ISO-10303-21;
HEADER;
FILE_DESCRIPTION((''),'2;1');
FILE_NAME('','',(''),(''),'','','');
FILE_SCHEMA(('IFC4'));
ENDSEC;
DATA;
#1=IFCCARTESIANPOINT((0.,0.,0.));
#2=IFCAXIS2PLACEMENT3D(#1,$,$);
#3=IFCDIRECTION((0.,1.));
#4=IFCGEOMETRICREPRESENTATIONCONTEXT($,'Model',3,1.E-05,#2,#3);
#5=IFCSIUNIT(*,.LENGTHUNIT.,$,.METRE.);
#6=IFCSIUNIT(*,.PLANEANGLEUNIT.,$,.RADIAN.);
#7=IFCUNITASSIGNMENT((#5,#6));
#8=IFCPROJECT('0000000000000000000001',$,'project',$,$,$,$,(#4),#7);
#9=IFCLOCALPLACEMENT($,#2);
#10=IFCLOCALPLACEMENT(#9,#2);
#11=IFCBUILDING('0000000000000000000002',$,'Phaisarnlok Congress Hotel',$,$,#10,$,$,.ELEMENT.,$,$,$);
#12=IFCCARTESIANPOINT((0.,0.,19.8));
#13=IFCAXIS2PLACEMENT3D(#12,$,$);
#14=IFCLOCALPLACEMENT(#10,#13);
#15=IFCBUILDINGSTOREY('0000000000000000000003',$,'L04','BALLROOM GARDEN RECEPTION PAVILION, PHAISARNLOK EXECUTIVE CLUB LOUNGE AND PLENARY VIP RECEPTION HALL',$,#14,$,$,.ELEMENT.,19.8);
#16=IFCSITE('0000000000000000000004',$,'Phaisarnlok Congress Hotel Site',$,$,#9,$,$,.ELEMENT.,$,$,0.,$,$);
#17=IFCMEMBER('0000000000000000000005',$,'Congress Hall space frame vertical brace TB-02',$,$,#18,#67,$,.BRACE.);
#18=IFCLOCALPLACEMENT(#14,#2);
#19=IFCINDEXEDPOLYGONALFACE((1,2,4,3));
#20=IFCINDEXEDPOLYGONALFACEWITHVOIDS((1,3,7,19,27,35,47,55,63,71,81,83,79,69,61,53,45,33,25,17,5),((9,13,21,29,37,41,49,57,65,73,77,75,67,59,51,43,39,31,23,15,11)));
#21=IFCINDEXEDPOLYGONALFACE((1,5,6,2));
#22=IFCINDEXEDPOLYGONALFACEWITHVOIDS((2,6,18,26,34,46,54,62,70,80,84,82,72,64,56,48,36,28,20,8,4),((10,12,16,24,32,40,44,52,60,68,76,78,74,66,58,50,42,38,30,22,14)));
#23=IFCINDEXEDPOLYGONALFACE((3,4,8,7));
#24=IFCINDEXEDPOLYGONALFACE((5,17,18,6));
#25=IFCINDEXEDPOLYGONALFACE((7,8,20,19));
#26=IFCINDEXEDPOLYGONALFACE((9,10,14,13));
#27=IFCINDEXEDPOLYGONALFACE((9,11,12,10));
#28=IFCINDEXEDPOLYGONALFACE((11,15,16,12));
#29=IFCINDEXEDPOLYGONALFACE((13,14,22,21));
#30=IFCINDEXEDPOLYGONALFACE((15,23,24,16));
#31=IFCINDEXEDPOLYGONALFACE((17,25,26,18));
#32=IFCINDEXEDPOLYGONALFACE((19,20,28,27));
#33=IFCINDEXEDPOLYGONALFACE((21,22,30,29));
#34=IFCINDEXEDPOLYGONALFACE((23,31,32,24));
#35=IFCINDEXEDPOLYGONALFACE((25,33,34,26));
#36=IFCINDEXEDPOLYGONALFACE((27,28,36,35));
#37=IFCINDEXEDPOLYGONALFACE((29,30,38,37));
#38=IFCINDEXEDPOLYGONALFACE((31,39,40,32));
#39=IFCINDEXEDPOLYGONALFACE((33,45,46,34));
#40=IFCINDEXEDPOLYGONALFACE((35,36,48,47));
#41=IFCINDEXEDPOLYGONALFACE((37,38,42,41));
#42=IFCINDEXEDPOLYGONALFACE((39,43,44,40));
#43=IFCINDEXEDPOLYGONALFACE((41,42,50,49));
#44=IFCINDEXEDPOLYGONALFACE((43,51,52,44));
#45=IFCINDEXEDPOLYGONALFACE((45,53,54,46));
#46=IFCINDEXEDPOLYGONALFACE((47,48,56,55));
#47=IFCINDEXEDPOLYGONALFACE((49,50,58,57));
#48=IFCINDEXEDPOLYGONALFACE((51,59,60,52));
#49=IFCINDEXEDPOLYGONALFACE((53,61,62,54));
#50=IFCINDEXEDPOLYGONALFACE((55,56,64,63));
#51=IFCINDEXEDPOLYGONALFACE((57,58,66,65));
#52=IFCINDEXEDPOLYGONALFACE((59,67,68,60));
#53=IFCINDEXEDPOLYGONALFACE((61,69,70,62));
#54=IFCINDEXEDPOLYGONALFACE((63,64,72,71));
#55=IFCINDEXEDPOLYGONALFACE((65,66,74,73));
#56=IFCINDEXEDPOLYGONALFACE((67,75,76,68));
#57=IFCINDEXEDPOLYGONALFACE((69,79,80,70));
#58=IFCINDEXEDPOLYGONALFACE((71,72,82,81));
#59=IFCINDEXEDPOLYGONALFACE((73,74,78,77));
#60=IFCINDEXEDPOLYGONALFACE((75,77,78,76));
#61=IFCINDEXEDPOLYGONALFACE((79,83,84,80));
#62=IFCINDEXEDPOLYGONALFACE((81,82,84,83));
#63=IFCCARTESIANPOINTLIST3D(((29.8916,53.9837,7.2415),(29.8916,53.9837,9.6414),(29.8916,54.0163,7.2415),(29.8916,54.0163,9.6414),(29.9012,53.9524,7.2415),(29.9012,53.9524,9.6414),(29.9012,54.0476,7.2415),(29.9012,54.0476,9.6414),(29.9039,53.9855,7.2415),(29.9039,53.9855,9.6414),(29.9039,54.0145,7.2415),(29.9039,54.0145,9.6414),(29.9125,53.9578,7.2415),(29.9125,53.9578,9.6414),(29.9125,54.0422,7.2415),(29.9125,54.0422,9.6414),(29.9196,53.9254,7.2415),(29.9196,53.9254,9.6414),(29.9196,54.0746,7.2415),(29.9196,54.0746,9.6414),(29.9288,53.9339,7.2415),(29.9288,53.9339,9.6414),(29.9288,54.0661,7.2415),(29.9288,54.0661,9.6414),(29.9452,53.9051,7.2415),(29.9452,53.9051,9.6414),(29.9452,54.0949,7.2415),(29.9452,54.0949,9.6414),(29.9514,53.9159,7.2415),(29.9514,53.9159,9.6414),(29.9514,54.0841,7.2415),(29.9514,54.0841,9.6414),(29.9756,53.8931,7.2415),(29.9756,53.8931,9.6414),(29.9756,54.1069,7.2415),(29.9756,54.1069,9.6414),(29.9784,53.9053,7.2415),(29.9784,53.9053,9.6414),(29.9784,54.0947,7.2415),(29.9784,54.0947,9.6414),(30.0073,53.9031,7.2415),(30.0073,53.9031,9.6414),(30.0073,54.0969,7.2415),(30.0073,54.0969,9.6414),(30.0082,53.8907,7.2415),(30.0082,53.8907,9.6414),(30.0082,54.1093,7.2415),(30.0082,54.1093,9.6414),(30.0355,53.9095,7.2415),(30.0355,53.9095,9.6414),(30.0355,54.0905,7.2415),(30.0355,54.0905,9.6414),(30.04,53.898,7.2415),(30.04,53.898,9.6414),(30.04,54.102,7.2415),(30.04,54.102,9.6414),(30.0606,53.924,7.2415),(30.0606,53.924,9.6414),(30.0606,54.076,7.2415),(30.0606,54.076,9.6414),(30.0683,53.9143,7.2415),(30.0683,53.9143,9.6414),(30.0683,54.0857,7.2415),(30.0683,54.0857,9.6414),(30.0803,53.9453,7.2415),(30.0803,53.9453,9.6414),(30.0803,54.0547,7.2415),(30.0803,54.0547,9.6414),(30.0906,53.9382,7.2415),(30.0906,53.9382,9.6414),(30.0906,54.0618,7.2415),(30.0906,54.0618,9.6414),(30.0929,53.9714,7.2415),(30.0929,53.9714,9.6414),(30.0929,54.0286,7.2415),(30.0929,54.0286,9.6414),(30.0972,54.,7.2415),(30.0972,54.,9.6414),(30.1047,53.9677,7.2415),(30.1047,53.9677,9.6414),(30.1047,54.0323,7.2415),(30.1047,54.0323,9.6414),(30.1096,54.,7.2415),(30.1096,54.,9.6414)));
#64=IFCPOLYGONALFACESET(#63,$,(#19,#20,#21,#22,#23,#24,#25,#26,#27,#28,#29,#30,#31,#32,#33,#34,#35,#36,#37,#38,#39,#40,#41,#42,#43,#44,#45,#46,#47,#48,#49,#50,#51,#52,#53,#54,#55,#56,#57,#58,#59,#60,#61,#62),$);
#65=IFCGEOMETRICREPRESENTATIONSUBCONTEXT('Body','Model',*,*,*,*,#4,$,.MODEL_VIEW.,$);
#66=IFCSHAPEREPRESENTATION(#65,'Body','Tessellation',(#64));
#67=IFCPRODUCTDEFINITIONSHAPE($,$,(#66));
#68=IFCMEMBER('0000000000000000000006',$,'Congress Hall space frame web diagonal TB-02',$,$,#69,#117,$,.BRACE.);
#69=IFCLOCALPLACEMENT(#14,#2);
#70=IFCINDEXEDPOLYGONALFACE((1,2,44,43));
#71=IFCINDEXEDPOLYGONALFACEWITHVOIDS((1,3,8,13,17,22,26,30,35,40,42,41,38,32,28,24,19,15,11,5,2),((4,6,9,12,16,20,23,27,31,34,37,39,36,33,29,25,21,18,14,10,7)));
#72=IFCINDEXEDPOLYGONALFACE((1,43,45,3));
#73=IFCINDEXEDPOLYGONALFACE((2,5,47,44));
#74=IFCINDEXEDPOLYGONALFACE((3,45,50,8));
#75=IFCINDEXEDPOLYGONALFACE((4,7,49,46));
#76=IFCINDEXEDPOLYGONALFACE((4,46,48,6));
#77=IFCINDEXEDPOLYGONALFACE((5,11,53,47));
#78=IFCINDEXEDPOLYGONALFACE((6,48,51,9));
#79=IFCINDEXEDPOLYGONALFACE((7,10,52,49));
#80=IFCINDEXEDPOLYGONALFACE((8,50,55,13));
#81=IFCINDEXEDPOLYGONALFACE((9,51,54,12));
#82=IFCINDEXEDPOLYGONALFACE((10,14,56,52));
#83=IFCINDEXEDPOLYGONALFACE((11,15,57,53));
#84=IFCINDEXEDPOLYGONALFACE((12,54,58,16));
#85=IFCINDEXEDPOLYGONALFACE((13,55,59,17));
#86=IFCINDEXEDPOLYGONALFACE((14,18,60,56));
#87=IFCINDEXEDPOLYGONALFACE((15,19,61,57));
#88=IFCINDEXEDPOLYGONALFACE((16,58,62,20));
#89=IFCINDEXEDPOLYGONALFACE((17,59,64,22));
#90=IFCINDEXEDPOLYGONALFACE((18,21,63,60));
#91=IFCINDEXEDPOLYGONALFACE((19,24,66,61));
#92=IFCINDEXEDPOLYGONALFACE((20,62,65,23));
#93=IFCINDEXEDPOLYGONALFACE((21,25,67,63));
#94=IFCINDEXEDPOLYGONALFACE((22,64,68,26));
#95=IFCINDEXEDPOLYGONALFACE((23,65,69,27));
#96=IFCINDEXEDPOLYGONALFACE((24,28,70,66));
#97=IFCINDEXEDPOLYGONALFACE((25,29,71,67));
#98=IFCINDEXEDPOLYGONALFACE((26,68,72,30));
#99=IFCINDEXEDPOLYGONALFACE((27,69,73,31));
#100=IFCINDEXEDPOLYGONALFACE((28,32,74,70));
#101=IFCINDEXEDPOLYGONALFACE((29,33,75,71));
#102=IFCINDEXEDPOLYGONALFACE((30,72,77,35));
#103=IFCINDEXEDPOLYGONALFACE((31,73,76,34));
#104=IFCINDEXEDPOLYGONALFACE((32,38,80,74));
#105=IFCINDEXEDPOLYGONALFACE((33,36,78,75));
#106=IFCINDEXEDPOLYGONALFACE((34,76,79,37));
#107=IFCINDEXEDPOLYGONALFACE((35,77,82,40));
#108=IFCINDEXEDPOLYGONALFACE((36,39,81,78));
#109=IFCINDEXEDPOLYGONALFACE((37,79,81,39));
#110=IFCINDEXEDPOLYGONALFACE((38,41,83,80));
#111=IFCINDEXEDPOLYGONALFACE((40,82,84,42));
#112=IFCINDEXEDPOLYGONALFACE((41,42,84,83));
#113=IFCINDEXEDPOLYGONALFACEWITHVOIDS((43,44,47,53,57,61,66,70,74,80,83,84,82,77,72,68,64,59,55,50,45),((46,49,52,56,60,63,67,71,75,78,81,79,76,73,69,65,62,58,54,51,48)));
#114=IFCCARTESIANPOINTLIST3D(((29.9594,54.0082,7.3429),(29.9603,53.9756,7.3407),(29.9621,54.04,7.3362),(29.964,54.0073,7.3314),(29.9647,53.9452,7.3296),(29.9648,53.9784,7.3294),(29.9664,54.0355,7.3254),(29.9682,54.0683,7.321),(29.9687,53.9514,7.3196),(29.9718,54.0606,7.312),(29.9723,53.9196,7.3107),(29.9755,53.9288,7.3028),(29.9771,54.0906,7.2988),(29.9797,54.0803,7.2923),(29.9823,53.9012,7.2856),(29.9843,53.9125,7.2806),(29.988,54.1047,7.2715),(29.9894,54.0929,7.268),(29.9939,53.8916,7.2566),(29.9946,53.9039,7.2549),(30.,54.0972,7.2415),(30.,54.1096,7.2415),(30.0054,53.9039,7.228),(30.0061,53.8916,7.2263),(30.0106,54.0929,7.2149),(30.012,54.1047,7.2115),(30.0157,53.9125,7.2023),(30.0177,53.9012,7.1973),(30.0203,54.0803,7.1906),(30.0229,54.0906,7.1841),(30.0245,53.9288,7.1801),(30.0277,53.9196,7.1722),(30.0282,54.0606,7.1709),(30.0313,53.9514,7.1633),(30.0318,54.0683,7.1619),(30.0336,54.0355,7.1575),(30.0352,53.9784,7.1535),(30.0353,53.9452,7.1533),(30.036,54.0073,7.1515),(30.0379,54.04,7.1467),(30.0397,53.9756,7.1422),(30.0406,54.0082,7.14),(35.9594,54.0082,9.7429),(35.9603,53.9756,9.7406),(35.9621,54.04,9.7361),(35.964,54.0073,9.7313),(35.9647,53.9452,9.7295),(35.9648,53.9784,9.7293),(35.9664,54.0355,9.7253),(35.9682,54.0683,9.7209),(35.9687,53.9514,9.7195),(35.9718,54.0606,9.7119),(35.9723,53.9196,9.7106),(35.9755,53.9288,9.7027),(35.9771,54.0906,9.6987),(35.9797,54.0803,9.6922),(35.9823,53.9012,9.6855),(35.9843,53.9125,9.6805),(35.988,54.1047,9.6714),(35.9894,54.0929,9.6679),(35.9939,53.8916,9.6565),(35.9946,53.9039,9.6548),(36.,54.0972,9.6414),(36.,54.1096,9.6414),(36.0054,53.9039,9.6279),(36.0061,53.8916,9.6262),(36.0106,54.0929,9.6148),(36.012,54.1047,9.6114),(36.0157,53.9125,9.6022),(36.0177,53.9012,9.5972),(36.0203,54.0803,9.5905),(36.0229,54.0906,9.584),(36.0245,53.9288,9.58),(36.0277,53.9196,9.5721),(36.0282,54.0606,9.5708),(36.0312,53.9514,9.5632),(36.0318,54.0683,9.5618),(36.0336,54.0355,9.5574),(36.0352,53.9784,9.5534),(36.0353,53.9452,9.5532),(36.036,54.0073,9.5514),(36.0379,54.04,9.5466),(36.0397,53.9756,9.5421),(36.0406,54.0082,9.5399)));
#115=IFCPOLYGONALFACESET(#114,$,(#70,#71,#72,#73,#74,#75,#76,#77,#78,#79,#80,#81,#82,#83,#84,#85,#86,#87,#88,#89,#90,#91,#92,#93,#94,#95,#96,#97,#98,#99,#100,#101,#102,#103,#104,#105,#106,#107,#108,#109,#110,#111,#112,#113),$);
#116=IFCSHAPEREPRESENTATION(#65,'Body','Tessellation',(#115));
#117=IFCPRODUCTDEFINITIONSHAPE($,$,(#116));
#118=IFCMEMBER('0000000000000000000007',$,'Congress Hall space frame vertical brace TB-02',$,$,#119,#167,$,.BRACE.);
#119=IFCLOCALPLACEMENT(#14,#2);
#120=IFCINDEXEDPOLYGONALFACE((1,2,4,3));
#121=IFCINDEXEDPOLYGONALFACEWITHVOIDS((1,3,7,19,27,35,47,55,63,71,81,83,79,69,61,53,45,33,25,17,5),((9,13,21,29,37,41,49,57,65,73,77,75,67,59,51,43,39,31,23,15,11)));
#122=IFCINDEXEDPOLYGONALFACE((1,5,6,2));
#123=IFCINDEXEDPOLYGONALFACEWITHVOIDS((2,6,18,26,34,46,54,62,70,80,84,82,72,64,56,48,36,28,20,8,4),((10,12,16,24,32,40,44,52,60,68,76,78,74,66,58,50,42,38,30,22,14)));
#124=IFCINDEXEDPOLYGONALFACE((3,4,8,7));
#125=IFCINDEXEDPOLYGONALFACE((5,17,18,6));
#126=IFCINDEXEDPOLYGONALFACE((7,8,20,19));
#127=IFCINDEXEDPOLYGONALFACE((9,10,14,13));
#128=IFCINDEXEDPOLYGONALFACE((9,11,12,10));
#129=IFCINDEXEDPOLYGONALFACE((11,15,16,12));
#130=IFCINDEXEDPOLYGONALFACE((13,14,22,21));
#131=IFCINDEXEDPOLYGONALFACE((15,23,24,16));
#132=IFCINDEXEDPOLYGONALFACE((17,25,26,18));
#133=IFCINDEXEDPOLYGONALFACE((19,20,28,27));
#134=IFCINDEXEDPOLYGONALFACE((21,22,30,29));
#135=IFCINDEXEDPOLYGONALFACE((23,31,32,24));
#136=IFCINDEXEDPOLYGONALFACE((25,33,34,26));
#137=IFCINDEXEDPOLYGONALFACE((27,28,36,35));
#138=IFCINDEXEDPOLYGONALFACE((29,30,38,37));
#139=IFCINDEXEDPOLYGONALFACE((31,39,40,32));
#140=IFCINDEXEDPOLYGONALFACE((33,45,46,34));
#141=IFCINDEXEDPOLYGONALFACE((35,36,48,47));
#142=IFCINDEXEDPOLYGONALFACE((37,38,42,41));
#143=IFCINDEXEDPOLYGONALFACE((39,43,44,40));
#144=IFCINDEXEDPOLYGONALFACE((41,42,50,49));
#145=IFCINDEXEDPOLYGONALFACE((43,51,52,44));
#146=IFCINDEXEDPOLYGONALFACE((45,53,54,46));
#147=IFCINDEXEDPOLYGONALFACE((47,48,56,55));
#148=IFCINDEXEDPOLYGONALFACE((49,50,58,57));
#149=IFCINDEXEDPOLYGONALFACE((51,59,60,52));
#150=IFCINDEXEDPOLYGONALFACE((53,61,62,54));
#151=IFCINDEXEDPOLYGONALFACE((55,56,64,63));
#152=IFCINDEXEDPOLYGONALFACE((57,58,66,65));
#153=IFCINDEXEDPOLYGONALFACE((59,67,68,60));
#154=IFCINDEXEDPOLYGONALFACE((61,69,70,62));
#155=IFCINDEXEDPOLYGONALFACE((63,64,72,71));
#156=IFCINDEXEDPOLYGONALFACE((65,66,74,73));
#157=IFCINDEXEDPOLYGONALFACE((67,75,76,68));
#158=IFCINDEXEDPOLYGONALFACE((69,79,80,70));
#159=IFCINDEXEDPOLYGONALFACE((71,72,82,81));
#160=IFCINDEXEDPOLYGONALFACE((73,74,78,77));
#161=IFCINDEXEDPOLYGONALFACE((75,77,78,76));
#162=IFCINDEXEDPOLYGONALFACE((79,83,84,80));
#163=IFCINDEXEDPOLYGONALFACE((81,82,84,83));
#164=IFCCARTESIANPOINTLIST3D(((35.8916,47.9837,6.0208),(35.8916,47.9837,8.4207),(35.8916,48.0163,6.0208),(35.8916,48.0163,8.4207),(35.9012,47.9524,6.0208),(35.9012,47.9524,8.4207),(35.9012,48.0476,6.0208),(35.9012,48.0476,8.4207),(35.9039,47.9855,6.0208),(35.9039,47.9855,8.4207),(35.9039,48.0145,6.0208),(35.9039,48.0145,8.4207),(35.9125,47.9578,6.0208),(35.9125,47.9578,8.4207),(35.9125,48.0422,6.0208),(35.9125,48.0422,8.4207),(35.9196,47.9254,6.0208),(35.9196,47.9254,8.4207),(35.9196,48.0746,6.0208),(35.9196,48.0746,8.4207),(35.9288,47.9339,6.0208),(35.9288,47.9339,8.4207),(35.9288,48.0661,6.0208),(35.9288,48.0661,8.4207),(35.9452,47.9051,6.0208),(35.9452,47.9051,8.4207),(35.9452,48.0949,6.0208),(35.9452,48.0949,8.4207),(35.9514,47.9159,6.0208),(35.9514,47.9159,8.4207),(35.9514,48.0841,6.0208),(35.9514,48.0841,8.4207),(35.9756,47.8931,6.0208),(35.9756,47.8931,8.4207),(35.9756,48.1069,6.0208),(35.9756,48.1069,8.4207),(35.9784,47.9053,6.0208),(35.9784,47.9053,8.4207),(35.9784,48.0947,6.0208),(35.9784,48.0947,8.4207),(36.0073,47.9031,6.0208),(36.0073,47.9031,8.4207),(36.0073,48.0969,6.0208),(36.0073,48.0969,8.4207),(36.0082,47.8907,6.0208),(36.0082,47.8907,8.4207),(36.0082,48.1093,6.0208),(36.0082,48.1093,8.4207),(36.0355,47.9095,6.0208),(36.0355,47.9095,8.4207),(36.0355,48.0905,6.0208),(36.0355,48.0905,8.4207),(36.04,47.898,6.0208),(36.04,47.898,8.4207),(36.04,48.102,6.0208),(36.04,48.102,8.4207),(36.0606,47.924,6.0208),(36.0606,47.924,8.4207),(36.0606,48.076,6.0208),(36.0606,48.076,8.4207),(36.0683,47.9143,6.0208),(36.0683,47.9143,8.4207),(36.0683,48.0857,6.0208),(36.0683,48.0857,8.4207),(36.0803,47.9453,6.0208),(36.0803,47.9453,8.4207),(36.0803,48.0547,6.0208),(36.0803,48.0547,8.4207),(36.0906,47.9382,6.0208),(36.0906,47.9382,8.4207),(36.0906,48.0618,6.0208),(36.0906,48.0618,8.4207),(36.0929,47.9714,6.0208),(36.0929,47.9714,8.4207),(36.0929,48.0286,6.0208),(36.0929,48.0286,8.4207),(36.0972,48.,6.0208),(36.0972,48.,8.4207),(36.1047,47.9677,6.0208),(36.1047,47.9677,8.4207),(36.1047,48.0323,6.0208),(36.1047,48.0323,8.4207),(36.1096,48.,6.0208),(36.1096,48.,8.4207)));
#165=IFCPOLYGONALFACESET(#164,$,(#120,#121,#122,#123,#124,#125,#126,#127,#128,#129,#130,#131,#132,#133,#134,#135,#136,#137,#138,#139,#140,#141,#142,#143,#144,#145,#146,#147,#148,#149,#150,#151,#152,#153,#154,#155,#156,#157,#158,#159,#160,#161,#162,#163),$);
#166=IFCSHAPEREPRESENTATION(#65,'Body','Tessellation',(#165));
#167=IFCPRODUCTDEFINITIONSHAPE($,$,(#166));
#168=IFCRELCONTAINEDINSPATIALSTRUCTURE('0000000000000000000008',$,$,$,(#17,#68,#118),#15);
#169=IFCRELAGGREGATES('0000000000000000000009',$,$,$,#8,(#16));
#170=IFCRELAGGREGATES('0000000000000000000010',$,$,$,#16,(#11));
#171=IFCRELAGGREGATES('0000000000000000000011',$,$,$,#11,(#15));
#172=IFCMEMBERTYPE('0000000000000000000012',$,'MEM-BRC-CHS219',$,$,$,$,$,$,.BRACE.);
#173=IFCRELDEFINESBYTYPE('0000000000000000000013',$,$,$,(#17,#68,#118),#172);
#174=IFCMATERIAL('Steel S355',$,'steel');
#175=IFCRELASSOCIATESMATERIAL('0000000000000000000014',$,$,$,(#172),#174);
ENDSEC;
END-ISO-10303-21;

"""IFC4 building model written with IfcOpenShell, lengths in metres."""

from ifc_helpers import new_model, si_unit, direction, frame, origin, origin_2d, place, context, subcontext, project, spatial, hollow_circle, extrude, material, material_profile, profile_set, type_object, element, save


model = new_model("IFC4")

# Units and contexts
model_context = context("Model", 3, precision=1e-05, world=origin(), true_north=direction((0.0, 1.0)))
body_context = subcontext(model_context, "Body", "Model", "MODEL_VIEW")
ifc_project = project(units=[si_unit("LENGTHUNIT", "METRE"), si_unit("PLANEANGLEUNIT", "RADIAN")], contexts=[model_context])

# Site, building, storey
site_placement = place(None, origin())
site = spatial("IfcSite", under=ifc_project, at=site_placement, Name="Phaisarnlok Congress Hotel Site", CompositionType="ELEMENT", RefElevation=0.0)
building_placement = place(site_placement, origin())
building = spatial("IfcBuilding", under=site, at=building_placement, Name="Phaisarnlok Congress Hotel", CompositionType="ELEMENT")
storey_placement = place(building_placement, frame((0.0, 0.0, 19.8)))
storey = spatial("IfcBuildingStorey", under=building, at=storey_placement, Name="L04", Description="BALLROOM GARDEN RECEPTION PAVILION, PHAISARNLOK EXECUTIVE CLUB LOUNGE AND PLENARY VIP RECEPTION HALL", CompositionType="ELEMENT", Elevation=19.8)

# Members
ifc_material = material(Name="Steel S355", Category="steel")
ifc_material_profile_1 = material_profile(ifc_material, hollow_circle(Radius=0.1096, WallThickness=0.0125, at=origin_2d()), Name="CHS 219.1x12.5")
ifc_profile_set_1 = profile_set([ifc_material_profile_1], Name="Steel S355")
member_type_1 = type_object("IfcMemberType", Name="MEM-BRC-CHS219", PredefinedType="BRACE", material=ifc_profile_set_1)
member_1_placement = place(storey_placement, frame((30.0, 54.0, 7.2415), z_axis=(0.0, 0.0, 1.0), x_axis=(1.0, 0.0, 0.0)))
element("IfcMember", 1, at=member_1_placement, inside=storey, type_object=member_type_1, Name="Congress Hall space frame vertical brace TB-02", PredefinedType="BRACE", context=body_context, shape_type="SweptSolid", body=[
    extrude(hollow_circle(Radius=0.1096, WallThickness=0.0125, at=origin_2d()), origin(), (0.0, 0.0, 1.0), 2.3999),
])
member_2_placement = place(storey_placement, frame((30.0, 54.0, 7.2415), z_axis=(0.928482, 0.0, 0.371378), x_axis=(0.0, 1.0, 0.0)))
element("IfcMember", 2, at=member_2_placement, inside=storey, type_object=member_type_1, Name="Congress Hall space frame web diagonal TB-02", PredefinedType="BRACE", context=body_context, shape_type="SweptSolid", body=[
    extrude(hollow_circle(Radius=0.1096, WallThickness=0.0125, at=origin_2d()), origin(), (0.0, 0.0, 1.0), 6.4622),
])
member_3_placement = place(storey_placement, frame((36.0, 48.0, 6.0208), z_axis=(0.0, 0.0, 1.0), x_axis=(1.0, 0.0, 0.0)))
element("IfcMember", 3, at=member_3_placement, inside=storey, type_object=member_type_1, Name="Congress Hall space frame vertical brace TB-02", PredefinedType="BRACE", context=body_context, shape_type="SweptSolid", body=[
    extrude(hollow_circle(Radius=0.1096, WallThickness=0.0125, at=origin_2d()), origin(), (0.0, 0.0, 1.0), 2.3999),
])

save(model, "model.ifc")
